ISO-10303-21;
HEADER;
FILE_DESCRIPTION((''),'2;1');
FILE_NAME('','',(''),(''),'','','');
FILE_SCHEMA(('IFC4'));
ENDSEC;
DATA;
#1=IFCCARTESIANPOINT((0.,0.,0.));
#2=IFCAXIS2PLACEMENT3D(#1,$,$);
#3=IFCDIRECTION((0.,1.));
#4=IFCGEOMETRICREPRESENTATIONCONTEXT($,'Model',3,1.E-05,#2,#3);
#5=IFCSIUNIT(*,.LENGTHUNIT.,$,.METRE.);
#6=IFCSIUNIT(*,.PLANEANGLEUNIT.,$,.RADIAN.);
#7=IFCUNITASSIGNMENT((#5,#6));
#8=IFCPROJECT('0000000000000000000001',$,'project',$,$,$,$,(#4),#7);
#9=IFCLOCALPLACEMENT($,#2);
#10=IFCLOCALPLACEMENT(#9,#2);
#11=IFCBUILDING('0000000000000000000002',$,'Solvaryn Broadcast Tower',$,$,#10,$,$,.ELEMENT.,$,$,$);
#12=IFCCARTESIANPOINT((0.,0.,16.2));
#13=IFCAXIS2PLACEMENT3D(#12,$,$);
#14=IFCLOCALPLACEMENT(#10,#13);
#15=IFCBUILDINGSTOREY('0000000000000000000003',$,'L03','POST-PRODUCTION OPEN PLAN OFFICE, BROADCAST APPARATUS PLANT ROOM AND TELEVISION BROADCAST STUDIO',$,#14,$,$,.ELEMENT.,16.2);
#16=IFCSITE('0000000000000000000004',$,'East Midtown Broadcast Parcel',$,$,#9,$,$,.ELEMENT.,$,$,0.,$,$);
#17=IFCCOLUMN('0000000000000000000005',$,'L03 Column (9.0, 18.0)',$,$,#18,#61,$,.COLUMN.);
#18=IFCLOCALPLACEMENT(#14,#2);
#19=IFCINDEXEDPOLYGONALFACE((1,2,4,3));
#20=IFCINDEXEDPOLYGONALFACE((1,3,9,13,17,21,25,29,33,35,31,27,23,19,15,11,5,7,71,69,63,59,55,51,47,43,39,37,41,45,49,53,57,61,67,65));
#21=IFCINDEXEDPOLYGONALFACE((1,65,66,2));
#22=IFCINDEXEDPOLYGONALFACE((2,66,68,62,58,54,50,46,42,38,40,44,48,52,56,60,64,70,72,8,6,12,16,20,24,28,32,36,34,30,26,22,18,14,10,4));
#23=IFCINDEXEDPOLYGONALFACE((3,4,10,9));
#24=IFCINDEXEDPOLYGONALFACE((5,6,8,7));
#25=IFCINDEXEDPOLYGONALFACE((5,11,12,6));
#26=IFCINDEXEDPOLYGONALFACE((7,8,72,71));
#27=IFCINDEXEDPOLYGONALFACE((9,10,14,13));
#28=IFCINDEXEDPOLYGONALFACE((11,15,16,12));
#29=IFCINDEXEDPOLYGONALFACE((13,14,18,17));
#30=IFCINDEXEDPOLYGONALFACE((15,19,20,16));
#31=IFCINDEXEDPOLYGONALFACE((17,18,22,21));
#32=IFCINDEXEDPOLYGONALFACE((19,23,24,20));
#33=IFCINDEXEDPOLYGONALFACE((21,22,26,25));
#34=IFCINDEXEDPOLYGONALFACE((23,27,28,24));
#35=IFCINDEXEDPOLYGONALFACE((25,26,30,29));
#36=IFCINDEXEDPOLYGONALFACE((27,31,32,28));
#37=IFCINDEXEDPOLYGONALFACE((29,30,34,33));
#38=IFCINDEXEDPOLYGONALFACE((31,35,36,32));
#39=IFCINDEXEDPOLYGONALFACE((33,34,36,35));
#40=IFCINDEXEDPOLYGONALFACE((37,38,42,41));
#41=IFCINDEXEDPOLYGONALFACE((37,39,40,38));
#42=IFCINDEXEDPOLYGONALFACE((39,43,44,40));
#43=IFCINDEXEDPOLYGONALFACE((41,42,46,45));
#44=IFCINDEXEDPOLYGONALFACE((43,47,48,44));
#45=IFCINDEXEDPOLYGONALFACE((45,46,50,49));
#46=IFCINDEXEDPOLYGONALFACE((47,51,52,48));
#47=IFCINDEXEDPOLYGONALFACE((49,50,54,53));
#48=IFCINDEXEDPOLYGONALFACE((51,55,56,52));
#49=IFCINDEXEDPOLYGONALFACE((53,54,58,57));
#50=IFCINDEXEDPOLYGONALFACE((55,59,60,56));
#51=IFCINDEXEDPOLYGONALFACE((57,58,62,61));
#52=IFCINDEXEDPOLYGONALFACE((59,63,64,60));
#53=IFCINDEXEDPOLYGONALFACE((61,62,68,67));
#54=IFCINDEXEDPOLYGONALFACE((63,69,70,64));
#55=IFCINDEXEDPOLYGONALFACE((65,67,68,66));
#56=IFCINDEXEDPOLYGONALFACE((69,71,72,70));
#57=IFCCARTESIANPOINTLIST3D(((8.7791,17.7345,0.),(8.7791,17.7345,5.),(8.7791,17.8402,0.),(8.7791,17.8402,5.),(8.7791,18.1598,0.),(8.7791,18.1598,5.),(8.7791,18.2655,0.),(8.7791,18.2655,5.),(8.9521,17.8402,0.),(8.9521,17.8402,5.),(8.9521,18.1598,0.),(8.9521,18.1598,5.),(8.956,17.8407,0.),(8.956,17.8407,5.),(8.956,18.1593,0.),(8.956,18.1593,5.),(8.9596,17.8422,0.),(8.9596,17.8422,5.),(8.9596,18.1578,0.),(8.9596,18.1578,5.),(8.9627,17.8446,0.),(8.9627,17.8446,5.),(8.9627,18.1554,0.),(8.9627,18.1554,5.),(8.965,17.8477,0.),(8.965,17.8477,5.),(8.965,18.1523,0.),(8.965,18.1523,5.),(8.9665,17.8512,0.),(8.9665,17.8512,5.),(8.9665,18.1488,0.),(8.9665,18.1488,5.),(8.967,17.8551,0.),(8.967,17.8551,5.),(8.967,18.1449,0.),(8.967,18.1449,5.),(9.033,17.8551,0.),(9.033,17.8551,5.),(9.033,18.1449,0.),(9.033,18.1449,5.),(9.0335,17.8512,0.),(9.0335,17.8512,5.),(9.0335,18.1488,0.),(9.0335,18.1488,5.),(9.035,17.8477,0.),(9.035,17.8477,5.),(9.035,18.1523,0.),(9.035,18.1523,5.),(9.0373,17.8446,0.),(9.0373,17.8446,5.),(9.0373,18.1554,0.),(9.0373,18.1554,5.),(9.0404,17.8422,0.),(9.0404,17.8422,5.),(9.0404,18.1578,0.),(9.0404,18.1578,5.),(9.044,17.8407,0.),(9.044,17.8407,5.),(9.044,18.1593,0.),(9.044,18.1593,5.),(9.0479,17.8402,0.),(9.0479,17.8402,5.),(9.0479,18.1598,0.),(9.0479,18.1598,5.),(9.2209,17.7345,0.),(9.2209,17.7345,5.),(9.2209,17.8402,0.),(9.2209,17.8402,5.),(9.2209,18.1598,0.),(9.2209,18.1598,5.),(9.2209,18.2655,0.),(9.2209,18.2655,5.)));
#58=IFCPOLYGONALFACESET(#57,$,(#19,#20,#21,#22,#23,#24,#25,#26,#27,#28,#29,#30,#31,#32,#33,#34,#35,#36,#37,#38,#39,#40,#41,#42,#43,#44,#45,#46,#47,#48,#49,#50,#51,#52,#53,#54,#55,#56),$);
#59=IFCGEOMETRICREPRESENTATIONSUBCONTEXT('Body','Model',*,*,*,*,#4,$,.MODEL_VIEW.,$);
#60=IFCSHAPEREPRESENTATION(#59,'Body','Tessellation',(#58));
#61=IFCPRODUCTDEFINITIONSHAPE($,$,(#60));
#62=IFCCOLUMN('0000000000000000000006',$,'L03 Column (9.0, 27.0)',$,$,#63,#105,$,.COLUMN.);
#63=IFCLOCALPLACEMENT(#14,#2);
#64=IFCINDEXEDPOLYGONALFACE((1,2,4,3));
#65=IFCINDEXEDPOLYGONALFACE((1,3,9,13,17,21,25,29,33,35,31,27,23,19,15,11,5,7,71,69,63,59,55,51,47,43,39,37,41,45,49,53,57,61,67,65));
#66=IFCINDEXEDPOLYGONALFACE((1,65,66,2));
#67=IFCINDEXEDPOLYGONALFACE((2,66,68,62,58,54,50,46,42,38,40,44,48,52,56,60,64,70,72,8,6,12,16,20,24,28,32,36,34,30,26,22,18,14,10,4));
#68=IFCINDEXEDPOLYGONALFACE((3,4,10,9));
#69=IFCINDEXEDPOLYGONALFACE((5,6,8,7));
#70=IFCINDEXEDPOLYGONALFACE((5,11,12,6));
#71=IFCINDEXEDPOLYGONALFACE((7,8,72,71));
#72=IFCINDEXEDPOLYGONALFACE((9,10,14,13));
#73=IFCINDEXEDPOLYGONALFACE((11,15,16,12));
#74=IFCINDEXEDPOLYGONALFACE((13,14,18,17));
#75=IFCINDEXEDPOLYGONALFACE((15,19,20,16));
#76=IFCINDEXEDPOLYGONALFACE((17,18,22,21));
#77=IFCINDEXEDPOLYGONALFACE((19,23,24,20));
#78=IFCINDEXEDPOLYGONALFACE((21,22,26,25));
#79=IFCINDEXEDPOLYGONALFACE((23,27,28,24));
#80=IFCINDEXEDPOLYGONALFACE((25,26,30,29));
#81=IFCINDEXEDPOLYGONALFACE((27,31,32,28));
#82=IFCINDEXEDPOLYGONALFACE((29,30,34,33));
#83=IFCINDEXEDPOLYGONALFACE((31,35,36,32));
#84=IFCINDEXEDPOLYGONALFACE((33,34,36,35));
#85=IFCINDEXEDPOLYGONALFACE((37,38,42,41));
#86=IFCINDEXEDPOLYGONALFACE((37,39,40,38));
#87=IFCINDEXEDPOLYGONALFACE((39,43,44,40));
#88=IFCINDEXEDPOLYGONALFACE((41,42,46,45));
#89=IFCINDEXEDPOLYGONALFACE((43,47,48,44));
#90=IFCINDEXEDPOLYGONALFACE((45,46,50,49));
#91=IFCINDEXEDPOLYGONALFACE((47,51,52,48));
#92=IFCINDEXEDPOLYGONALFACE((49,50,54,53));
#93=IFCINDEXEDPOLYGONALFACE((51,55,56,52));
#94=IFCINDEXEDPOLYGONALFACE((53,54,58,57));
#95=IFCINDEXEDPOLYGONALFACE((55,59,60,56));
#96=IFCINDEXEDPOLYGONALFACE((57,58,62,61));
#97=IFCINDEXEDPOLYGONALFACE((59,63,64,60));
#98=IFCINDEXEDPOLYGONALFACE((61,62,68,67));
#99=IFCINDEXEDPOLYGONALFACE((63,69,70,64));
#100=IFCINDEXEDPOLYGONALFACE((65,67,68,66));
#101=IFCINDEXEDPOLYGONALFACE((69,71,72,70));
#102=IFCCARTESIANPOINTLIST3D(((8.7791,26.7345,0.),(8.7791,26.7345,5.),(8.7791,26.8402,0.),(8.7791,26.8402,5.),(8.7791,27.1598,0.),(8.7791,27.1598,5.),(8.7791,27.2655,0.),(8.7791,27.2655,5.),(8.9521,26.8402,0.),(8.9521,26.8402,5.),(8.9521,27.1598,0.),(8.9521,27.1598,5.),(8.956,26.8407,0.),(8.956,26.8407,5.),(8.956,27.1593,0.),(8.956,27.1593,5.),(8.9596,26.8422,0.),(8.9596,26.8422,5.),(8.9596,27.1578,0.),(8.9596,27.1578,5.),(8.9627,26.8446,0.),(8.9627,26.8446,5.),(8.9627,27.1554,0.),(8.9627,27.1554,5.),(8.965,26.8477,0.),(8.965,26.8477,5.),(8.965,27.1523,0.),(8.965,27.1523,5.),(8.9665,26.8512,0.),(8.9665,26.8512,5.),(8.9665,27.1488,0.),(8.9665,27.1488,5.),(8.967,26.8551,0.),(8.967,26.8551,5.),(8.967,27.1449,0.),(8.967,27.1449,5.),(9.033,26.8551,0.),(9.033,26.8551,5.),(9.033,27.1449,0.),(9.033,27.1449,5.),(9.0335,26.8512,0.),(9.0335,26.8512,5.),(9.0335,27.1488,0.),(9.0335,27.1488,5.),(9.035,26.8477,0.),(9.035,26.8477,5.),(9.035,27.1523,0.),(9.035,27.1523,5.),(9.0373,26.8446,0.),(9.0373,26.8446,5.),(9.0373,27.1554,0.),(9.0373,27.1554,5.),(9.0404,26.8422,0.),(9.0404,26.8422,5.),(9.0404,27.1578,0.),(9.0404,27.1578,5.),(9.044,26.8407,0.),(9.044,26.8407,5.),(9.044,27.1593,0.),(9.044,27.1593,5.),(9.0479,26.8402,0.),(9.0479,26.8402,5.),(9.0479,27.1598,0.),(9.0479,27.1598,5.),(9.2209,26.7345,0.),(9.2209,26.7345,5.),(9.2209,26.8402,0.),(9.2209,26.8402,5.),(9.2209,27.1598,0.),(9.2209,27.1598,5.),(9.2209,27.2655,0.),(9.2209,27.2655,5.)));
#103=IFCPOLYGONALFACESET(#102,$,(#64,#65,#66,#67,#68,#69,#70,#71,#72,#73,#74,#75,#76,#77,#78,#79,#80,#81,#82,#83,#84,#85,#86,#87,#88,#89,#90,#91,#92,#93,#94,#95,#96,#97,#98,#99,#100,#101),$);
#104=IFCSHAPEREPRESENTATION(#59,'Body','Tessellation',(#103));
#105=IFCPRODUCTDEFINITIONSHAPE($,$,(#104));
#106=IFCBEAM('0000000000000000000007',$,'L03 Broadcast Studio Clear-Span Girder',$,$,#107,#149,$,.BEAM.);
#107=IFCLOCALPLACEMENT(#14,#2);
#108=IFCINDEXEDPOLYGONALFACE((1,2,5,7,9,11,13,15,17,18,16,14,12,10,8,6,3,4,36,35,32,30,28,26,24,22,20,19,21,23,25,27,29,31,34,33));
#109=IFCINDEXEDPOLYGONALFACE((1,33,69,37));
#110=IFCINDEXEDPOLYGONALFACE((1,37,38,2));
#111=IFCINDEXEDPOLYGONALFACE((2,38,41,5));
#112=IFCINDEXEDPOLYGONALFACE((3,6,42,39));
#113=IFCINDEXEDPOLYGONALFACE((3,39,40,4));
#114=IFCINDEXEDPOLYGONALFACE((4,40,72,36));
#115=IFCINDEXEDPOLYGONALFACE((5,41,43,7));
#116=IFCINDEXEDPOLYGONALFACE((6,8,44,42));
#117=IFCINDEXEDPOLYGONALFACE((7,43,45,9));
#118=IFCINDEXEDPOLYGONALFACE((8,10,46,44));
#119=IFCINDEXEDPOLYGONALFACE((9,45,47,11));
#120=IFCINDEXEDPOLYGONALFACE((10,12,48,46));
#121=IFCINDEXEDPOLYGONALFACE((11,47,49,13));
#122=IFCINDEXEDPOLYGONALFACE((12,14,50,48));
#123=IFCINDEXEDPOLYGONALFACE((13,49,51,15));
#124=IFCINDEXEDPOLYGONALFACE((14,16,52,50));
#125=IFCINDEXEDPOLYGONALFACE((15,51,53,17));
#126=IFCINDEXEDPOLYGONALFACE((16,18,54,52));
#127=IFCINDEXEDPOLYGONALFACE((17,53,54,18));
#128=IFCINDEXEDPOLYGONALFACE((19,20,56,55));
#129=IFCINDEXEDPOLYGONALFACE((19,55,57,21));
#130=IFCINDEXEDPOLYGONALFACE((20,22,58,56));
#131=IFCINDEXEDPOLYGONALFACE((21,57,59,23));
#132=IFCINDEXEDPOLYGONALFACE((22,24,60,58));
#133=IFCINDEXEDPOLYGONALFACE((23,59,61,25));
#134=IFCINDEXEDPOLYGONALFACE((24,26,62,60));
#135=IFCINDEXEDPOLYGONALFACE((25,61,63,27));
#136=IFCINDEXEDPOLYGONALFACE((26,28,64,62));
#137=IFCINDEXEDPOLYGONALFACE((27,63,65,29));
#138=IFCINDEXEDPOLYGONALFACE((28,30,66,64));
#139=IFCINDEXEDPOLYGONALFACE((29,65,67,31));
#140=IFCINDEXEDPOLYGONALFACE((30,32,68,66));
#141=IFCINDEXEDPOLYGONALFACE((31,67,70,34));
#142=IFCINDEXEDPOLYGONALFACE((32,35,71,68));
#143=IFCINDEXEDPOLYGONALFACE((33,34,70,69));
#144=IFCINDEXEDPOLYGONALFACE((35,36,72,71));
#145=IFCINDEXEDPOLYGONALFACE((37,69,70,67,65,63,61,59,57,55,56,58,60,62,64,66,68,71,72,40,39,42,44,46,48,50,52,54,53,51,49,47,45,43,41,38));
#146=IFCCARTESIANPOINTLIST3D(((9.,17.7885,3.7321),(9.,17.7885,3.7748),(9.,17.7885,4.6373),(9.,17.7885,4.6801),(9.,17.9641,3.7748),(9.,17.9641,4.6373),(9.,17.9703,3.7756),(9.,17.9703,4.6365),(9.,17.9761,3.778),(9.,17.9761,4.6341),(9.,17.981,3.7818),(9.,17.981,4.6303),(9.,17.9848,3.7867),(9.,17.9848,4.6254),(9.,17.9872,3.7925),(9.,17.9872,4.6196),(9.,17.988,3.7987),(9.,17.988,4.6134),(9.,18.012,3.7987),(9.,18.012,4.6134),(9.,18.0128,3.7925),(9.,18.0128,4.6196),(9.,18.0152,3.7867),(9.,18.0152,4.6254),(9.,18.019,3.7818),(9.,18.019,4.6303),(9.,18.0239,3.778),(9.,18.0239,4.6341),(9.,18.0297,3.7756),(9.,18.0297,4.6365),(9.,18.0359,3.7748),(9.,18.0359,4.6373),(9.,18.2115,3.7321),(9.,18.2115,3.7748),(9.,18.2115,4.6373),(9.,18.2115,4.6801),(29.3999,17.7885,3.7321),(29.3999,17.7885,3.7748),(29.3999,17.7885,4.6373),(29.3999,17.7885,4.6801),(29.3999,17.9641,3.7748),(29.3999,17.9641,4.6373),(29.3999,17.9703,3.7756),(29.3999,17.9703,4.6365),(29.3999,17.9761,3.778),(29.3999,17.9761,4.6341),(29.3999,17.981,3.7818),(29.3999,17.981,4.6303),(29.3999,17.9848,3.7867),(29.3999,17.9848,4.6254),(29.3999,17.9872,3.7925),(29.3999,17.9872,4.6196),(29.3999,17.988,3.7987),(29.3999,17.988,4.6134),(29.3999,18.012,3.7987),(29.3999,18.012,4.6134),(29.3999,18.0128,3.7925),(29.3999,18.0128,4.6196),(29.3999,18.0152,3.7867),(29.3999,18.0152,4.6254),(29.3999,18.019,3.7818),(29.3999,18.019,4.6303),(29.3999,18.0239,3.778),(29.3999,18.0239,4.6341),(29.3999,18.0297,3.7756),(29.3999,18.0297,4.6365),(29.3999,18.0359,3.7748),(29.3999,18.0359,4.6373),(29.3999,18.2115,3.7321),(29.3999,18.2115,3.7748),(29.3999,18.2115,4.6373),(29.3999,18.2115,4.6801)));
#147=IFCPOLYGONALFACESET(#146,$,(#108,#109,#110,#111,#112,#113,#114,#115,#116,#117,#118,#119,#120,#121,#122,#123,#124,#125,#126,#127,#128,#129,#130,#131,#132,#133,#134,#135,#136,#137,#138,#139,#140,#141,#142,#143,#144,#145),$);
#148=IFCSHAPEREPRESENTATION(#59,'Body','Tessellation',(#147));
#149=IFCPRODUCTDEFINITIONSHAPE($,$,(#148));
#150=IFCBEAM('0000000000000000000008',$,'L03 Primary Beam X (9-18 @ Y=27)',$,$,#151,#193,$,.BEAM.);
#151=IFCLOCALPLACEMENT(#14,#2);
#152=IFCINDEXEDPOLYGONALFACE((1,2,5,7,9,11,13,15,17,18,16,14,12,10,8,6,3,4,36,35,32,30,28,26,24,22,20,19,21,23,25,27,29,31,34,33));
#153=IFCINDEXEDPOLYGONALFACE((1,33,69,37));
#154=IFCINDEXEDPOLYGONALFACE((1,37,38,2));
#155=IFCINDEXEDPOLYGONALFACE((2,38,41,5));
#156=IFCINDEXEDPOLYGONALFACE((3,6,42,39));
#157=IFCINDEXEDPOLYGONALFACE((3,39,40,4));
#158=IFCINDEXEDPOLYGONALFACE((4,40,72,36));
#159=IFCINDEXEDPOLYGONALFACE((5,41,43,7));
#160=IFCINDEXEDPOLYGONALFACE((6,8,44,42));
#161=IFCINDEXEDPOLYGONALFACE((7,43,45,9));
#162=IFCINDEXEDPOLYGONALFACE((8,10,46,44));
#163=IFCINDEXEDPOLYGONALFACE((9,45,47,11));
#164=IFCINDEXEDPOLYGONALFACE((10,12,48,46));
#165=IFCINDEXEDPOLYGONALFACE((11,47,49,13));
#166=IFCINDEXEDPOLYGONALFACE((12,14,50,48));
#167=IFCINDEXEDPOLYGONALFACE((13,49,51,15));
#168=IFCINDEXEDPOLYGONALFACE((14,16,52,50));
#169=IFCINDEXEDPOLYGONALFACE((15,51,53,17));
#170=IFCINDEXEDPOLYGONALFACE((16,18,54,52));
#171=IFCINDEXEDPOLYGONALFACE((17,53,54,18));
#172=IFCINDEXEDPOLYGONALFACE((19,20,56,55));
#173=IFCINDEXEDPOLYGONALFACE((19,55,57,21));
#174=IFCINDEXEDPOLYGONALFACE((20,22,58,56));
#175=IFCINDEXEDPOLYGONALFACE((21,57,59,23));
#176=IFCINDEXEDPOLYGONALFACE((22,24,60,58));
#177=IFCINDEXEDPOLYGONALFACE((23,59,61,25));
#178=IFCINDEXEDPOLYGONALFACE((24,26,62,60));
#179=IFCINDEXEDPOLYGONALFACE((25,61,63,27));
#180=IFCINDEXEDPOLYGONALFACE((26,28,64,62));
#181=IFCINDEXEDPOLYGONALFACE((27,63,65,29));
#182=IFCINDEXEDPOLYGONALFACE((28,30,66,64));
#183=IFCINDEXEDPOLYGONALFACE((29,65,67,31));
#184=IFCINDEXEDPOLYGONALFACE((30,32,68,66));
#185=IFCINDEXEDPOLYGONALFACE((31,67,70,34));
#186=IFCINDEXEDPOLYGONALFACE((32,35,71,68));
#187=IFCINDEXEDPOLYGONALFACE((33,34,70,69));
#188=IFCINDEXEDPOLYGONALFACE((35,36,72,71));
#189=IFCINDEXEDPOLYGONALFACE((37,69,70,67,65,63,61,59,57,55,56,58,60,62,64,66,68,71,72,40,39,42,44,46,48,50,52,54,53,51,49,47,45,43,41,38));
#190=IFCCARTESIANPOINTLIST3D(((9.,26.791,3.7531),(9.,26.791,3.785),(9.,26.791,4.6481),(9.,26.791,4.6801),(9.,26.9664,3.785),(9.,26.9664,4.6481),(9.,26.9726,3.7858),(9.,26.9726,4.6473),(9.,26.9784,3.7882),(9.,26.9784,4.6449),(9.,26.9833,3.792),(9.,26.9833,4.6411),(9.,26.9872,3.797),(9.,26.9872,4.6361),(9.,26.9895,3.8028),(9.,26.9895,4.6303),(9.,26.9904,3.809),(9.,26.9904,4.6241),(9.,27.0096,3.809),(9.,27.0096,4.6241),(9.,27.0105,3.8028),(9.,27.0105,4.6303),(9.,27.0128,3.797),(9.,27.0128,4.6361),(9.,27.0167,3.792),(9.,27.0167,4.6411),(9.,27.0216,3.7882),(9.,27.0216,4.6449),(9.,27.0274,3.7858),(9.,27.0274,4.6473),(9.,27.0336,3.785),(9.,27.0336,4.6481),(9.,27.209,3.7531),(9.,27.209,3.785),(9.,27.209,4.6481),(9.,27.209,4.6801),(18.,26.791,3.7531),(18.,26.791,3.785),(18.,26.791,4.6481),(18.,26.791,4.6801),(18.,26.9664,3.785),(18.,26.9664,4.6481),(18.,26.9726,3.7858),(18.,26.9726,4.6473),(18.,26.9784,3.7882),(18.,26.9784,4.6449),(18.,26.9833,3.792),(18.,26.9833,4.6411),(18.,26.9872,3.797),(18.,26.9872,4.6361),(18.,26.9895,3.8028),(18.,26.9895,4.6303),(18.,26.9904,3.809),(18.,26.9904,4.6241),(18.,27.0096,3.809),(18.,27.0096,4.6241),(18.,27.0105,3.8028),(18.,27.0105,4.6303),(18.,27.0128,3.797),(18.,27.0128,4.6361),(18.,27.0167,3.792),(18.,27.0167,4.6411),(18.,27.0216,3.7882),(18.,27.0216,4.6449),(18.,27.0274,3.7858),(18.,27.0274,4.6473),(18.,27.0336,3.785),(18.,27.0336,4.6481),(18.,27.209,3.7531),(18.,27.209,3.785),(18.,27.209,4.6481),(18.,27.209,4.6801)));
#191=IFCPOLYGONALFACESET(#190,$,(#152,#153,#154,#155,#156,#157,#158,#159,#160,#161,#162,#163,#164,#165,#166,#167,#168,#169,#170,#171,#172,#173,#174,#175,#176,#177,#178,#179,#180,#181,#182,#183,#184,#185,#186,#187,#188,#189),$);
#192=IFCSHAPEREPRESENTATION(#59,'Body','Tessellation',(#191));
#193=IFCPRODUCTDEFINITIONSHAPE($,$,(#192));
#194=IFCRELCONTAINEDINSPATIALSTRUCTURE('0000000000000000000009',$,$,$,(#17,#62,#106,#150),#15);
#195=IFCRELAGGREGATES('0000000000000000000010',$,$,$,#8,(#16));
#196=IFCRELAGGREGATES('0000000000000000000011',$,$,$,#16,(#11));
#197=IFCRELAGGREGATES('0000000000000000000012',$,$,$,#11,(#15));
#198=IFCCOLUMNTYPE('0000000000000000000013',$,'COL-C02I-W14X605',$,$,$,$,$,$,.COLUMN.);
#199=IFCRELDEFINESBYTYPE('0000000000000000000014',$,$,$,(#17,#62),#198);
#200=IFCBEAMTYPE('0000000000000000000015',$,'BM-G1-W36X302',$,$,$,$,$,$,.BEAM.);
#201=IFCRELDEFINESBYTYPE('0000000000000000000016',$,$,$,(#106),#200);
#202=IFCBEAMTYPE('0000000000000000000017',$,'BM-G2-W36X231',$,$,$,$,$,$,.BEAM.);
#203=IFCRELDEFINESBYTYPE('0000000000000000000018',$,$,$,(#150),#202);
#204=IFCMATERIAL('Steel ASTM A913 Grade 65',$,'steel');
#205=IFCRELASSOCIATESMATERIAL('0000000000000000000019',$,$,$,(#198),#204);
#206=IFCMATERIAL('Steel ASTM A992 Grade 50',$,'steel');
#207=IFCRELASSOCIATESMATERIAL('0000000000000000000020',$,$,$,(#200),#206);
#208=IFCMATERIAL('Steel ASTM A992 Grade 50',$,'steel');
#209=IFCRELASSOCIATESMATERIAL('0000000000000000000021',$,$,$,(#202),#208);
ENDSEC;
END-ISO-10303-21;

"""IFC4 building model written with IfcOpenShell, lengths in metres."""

from ifc_helpers import new_model, si_unit, direction, frame, origin, origin_2d, place, context, subcontext, project, spatial, i_section, extrude, material, material_profile, profile_set, type_object, element, save


model = new_model("IFC4")

# Units and contexts
model_context = context("Model", 3, precision=1e-05, world=origin(), true_north=direction((0.0, 1.0)))
body_context = subcontext(model_context, "Body", "Model", "MODEL_VIEW")
ifc_project = project(units=[si_unit("LENGTHUNIT", "METRE"), si_unit("PLANEANGLEUNIT", "RADIAN")], contexts=[model_context])

# Site, building, storey
site_placement = place(None, origin())
site = spatial("IfcSite", under=ifc_project, at=site_placement, Name="East Midtown Broadcast Parcel", CompositionType="ELEMENT", RefElevation=0.0)
building_placement = place(site_placement, origin())
building = spatial("IfcBuilding", under=site, at=building_placement, Name="Solvaryn Broadcast Tower", CompositionType="ELEMENT")
storey_placement = place(building_placement, frame((0.0, 0.0, 16.2)))
storey = spatial("IfcBuildingStorey", under=building, at=storey_placement, Name="L03", Description="POST-PRODUCTION OPEN PLAN OFFICE, BROADCAST APPARATUS PLANT ROOM AND TELEVISION BROADCAST STUDIO", CompositionType="ELEMENT", Elevation=16.2)

# Columns
ifc_material_1 = material(Name="Steel ASTM A913 Grade 65", Category="steel")
ifc_material_profile_1 = material_profile(ifc_material_1, i_section(OverallWidth=0.4419, OverallDepth=0.531, WebThickness=0.0659, FlangeThickness=0.1057, FilletRadius=0.0149, at=origin_2d()))
ifc_profile_set_1 = profile_set([ifc_material_profile_1], Name="Steel ASTM A913 Grade 65")
column_type = type_object("IfcColumnType", Name="COL-C02I-W14X605", PredefinedType="COLUMN", material=ifc_profile_set_1)
for number, where, z_axis, x_axis, name in (
    (1, (9.0, 18.0, 0.0), (0.0, 0.0, 1.0), (1.0, 0.0, 0.0), "L03 Column (9.0, 18.0)"),
    (2, (9.0, 27.0, 0.0), (0.0, 0.0, 1.0), (1.0, 0.0, 0.0), "L03 Column (9.0, 27.0)"),
):
    element("IfcColumn", number, at=place(storey_placement, frame(where, z_axis=z_axis, x_axis=x_axis)), inside=storey, type_object=column_type, Name=name, PredefinedType="COLUMN", context=body_context, shape_type="SweptSolid", body=[
        extrude(i_section(OverallWidth=0.4419, OverallDepth=0.531, WebThickness=0.0659, FlangeThickness=0.1057, FilletRadius=0.0149, at=origin_2d()), origin(), (0.0, 0.0, 1.0), 5.0),
    ])

# Beams
ifc_material_2 = material(Name="Steel ASTM A992 Grade 50", Category="steel")
ifc_material_profile_2 = material_profile(ifc_material_2, i_section(OverallWidth=0.4231, OverallDepth=0.948, WebThickness=0.0239, FlangeThickness=0.0427, FilletRadius=0.0239, at=origin_2d()))
ifc_profile_set_2 = profile_set([ifc_material_profile_2], Name="Steel ASTM A992 Grade 50")
beam_type_1 = type_object("IfcBeamType", Name="BM-G1-W36X302", PredefinedType="BEAM", material=ifc_profile_set_2)
beam_1_placement = place(storey_placement, frame((9.0, 18.0, 4.2061), z_axis=(1.0, 0.0, 0.0), x_axis=(0.0, 1.0, 0.0)))
element("IfcBeam", 3, at=beam_1_placement, inside=storey, type_object=beam_type_1, Name="L03 Broadcast Studio Clear-Span Girder", PredefinedType="BEAM", context=body_context, shape_type="SweptSolid", body=[
    extrude(i_section(OverallWidth=0.4231, OverallDepth=0.948, WebThickness=0.0239, FlangeThickness=0.0427, FilletRadius=0.0239, at=origin_2d()), origin(), (0.0, 0.0, 1.0), 20.3999),
])
ifc_material_3 = material(Name="Steel ASTM A992 Grade 50", Category="steel")
ifc_material_profile_3 = material_profile(ifc_material_3, i_section(OverallWidth=0.418, OverallDepth=0.927, WebThickness=0.0193, FlangeThickness=0.032, FilletRadius=0.0239, at=origin_2d()))
ifc_profile_set_3 = profile_set([ifc_material_profile_3], Name="Steel ASTM A992 Grade 50")
beam_type_2 = type_object("IfcBeamType", Name="BM-G2-W36X231", PredefinedType="BEAM", material=ifc_profile_set_3)
beam_2_placement = place(storey_placement, frame((9.0, 27.0, 4.2166), z_axis=(1.0, 0.0, 0.0), x_axis=(0.0, 1.0, 0.0)))
element("IfcBeam", 4, at=beam_2_placement, inside=storey, type_object=beam_type_2, Name="L03 Primary Beam X (9-18 @ Y=27)", PredefinedType="BEAM", context=body_context, shape_type="SweptSolid", body=[
    extrude(i_section(OverallWidth=0.418, OverallDepth=0.927, WebThickness=0.0193, FlangeThickness=0.032, FilletRadius=0.0239, at=origin_2d()), origin(), (0.0, 0.0, 1.0), 9.0),
])

save(model, "model.ifc")
